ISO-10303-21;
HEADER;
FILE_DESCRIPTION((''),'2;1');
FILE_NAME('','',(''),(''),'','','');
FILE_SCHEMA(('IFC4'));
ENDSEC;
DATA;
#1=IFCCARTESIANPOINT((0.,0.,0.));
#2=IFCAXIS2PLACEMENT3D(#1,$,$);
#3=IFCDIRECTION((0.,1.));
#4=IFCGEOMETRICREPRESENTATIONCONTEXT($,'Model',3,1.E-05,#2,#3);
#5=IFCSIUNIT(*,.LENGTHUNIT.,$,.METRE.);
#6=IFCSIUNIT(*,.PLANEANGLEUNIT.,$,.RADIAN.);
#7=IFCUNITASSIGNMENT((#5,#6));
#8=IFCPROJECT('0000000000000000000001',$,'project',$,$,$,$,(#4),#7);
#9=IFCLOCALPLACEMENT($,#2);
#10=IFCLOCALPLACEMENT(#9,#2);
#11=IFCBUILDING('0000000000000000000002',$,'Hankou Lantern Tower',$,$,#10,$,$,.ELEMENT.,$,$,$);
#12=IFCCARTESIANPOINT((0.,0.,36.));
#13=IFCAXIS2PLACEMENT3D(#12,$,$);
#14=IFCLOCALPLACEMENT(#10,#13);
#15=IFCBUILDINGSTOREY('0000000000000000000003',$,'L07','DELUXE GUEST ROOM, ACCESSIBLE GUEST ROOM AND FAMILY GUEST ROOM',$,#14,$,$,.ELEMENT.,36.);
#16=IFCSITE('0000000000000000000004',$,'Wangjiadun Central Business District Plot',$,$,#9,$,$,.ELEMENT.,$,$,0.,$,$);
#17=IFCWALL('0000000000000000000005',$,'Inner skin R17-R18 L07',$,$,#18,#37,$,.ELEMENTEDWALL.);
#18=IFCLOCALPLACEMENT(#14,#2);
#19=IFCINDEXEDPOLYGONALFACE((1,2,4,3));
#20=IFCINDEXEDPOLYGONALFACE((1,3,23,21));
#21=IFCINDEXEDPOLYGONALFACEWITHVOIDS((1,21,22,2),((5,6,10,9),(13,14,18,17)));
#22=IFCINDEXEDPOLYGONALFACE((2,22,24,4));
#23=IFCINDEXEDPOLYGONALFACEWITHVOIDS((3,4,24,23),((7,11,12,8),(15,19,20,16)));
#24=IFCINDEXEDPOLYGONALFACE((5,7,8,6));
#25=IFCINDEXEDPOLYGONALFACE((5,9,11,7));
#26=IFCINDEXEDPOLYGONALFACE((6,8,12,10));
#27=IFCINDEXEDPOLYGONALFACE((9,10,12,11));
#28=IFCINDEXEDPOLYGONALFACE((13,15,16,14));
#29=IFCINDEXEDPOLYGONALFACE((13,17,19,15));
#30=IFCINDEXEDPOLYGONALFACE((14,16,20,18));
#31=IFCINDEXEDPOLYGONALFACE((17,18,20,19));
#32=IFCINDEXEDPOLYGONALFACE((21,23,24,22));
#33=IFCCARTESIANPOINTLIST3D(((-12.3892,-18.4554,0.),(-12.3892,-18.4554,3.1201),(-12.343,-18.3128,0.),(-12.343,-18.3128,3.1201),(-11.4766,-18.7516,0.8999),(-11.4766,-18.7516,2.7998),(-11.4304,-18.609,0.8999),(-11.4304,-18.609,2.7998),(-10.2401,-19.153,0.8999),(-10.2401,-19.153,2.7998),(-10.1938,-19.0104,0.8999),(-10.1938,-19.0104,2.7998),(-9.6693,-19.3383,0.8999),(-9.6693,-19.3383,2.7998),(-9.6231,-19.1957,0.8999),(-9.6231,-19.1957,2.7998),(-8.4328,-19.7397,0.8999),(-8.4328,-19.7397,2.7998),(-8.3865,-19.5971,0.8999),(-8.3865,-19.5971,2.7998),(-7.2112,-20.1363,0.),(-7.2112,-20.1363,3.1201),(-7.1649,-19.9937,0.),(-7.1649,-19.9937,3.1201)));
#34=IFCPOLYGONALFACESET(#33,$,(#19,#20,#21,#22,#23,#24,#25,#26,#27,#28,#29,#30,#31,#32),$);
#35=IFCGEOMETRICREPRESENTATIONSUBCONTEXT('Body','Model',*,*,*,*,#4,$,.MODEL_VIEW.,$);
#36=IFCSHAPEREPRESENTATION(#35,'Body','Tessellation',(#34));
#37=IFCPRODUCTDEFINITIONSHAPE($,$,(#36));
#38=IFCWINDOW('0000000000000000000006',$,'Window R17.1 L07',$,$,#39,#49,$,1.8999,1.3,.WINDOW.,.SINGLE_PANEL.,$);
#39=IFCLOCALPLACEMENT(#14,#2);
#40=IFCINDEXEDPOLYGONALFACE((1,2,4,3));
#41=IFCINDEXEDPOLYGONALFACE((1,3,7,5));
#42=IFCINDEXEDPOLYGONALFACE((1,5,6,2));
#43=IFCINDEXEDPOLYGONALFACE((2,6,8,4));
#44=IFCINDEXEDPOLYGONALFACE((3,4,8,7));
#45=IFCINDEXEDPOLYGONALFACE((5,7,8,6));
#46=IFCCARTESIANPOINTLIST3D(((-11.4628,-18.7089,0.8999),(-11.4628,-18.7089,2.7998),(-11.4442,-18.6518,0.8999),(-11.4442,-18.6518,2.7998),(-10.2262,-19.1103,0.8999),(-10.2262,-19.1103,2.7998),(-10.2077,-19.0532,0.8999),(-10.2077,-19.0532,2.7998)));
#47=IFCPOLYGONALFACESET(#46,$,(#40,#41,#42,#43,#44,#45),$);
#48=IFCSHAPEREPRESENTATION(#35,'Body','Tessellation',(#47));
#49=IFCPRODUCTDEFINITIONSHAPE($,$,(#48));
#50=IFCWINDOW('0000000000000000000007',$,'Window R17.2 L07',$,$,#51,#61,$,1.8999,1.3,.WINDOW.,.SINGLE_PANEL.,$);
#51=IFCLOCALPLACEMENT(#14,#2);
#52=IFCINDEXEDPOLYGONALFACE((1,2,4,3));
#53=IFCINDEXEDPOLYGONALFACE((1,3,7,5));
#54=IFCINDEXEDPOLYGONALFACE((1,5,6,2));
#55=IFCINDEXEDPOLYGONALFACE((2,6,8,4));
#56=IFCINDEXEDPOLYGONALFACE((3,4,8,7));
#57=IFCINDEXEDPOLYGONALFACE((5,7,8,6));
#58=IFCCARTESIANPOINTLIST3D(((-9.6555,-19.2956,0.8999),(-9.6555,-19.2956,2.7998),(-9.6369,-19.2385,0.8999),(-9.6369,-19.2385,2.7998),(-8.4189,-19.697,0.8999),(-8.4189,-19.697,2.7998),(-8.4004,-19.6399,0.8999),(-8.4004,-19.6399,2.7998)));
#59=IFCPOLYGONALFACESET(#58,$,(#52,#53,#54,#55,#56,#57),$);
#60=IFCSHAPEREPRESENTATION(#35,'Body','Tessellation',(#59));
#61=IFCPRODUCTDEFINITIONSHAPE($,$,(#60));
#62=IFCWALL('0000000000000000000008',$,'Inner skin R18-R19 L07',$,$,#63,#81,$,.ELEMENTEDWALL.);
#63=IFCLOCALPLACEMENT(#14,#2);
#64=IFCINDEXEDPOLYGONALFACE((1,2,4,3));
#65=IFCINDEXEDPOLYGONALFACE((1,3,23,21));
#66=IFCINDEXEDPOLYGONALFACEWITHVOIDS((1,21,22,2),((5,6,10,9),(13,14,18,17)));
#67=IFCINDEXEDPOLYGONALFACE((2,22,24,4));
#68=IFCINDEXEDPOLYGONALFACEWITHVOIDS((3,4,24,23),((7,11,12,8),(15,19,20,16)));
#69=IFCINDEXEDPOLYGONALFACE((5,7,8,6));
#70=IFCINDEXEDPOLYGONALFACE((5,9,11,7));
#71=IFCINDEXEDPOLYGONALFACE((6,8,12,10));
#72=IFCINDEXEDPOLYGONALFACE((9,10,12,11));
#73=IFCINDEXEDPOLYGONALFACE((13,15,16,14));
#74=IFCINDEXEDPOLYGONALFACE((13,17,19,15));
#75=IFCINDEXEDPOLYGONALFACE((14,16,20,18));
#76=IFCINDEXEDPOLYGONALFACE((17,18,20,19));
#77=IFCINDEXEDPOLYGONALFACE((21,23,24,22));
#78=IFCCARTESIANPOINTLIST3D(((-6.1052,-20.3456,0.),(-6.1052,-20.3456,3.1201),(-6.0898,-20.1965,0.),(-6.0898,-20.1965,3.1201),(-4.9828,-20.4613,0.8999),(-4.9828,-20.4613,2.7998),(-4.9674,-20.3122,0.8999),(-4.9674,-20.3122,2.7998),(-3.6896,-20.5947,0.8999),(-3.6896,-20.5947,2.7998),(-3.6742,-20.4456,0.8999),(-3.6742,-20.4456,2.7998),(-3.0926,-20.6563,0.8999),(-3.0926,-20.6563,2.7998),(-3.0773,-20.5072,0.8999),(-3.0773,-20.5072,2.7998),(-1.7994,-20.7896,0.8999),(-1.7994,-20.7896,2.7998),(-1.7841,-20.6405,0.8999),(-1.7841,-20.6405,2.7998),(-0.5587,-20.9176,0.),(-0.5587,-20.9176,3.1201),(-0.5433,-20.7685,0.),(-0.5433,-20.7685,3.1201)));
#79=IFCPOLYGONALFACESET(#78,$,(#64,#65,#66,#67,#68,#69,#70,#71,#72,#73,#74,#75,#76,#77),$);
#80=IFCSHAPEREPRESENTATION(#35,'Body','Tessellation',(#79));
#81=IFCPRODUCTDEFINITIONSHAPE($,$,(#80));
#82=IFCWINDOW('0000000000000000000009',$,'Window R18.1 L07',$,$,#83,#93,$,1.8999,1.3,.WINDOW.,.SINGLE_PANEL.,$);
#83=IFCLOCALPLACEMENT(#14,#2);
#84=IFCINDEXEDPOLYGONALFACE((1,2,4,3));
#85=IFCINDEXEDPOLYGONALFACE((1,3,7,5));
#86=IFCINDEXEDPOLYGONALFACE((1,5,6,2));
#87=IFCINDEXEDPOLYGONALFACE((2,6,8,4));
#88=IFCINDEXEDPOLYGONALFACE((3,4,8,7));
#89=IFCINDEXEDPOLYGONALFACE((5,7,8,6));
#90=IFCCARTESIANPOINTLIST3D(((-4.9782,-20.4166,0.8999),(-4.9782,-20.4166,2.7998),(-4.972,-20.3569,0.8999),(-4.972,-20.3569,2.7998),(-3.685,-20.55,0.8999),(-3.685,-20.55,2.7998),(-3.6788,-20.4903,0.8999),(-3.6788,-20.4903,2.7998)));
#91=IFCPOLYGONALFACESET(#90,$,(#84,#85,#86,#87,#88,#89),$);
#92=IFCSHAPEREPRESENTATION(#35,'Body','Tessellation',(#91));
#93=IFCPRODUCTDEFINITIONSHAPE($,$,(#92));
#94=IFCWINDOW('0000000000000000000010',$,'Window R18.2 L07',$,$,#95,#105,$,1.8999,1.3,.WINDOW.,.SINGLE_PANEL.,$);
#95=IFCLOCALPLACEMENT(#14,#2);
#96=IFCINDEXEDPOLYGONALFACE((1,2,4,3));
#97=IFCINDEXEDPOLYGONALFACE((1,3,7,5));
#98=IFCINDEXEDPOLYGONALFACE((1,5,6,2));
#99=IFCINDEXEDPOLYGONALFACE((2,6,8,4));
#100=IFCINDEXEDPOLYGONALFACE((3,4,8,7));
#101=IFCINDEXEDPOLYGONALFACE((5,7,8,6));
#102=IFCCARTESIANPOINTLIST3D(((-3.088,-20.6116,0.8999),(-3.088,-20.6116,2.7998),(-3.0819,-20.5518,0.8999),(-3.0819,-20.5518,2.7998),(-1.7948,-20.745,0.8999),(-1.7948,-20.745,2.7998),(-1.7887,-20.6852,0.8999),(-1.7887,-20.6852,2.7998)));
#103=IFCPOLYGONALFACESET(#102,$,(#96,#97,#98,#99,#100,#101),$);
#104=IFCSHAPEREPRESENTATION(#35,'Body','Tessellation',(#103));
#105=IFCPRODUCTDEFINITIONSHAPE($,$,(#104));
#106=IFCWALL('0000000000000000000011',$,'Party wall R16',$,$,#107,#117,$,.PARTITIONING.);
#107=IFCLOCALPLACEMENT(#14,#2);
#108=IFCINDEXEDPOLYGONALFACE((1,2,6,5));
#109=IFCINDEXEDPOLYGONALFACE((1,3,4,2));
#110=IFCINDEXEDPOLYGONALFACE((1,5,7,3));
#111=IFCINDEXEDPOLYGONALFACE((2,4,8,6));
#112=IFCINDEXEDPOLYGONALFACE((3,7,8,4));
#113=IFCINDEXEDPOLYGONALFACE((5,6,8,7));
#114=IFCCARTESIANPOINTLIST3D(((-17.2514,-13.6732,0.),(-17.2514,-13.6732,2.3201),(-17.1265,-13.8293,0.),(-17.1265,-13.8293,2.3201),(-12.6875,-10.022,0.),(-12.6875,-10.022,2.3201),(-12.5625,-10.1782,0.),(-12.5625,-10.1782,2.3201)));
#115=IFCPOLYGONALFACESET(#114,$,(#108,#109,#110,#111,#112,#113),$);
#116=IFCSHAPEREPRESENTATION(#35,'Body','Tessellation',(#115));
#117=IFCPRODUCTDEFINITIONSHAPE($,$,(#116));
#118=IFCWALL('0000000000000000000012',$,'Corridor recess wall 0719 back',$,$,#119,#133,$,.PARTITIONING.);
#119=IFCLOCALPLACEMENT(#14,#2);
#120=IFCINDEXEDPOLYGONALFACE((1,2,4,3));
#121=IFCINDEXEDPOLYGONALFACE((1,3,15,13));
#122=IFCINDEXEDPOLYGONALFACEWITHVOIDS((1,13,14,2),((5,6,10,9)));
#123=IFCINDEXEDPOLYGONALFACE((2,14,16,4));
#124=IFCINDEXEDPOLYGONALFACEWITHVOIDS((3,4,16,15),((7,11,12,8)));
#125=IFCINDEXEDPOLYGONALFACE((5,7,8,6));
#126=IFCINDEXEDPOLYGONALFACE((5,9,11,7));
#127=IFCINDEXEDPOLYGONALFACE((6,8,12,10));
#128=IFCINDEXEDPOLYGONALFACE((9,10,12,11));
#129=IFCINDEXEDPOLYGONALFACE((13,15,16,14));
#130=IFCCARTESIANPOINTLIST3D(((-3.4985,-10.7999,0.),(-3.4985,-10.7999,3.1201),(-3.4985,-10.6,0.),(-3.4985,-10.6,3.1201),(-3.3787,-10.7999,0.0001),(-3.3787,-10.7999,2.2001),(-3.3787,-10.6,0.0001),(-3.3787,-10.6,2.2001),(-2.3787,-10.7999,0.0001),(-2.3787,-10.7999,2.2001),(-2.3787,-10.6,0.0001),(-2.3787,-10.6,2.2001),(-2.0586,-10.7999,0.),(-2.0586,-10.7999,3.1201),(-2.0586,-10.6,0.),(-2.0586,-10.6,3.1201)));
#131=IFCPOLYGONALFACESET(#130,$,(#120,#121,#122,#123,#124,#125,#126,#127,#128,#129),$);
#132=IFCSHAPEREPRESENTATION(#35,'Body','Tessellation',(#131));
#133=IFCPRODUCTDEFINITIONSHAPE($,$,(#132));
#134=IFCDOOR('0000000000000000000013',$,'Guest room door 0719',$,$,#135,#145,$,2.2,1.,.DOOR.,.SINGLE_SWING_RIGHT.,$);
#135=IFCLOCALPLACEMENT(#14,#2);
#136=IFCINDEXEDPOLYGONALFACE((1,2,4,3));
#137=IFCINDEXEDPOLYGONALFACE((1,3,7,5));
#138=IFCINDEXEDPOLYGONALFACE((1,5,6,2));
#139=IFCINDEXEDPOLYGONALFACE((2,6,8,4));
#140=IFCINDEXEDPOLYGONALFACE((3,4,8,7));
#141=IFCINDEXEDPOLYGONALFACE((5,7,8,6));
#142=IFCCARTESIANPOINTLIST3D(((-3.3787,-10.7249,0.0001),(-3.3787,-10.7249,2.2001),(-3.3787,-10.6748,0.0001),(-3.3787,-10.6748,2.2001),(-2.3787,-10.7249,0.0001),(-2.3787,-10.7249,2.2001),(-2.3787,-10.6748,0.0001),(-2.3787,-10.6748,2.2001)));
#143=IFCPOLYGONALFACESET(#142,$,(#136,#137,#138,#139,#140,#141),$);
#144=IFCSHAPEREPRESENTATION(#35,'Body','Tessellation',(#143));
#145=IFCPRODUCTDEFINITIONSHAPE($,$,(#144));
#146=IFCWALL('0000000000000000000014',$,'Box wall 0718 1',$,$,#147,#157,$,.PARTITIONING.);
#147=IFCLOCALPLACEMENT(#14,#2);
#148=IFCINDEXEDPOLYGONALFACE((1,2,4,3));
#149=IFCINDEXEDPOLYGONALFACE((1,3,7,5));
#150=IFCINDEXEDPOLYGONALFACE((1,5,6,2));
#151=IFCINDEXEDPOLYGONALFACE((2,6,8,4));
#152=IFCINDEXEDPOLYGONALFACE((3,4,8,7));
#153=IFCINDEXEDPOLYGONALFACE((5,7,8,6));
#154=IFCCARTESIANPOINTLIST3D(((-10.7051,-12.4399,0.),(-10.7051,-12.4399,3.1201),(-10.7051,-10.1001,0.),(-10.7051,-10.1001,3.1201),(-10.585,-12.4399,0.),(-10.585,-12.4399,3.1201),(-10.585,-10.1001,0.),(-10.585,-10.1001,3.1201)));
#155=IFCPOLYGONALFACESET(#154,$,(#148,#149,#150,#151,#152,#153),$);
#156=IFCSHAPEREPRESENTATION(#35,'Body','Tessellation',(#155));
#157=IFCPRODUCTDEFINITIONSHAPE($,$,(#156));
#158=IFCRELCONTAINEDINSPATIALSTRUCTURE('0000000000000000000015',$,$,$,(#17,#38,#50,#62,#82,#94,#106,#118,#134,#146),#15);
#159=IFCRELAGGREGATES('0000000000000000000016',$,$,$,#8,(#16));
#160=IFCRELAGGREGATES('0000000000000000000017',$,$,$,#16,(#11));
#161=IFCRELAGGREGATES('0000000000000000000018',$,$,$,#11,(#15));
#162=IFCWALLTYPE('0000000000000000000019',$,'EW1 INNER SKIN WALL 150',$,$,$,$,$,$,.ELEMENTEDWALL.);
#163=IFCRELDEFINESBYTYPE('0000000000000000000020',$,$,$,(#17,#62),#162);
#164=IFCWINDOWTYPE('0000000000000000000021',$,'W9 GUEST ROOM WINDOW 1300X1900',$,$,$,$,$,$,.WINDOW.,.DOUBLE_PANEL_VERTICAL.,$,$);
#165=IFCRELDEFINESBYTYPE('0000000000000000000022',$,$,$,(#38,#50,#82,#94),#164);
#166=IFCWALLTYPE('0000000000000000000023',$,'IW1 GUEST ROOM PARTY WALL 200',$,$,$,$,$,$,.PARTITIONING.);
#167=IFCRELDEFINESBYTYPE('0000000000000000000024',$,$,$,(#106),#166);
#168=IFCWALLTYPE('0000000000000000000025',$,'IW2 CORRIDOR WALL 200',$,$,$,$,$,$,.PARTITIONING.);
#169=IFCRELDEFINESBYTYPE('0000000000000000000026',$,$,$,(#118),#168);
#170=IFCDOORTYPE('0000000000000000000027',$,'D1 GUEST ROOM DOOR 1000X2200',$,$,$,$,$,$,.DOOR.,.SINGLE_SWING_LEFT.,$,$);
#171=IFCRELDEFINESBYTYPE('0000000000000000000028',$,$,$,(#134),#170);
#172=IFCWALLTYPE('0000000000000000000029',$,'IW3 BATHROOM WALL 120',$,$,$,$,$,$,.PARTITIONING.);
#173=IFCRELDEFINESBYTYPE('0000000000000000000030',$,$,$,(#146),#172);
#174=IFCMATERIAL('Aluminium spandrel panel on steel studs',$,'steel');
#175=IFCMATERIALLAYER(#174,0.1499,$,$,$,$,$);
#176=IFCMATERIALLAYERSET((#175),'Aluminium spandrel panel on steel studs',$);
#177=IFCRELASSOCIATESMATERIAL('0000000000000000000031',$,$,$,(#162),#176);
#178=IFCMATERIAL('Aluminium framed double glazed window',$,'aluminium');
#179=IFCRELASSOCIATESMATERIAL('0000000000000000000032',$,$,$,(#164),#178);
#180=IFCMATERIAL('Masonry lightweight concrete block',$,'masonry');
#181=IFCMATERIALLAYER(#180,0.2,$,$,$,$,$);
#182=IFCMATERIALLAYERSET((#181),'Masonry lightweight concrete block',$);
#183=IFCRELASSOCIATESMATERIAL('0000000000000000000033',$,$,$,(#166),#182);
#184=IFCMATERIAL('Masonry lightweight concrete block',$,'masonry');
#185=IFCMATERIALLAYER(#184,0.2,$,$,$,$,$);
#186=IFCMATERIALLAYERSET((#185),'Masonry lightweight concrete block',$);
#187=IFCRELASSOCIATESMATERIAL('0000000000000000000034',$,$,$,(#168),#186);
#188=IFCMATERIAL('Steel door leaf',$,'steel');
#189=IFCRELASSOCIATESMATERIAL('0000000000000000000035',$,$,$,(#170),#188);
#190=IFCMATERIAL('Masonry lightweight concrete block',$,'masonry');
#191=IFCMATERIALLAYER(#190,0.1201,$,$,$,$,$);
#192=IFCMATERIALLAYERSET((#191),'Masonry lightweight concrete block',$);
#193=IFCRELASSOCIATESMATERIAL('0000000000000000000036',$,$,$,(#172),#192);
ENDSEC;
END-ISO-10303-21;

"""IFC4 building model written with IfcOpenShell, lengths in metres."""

from ifc_helpers import new_model, si_unit, direction, frame, frame_2d, origin, place, context, subcontext, project, spatial, rectangle, extrude, material, layer, layer_set, type_object, element, fill, save


model = new_model("IFC4")

# Units and contexts
model_context = context("Model", 3, precision=1e-05, world=origin(), true_north=direction((0.0, 1.0)))
body_context = subcontext(model_context, "Body", "Model", "MODEL_VIEW")
ifc_project = project(units=[si_unit("LENGTHUNIT", "METRE"), si_unit("PLANEANGLEUNIT", "RADIAN")], contexts=[model_context])

# Site, building, storey
site_placement = place(None, origin())
site = spatial("IfcSite", under=ifc_project, at=site_placement, Name="Wangjiadun Central Business District Plot", CompositionType="ELEMENT", RefElevation=0.0)
building_placement = place(site_placement, origin())
building = spatial("IfcBuilding", under=site, at=building_placement, Name="Hankou Lantern Tower", CompositionType="ELEMENT")
storey_placement = place(building_placement, frame((0.0, 0.0, 36.0)))
storey = spatial("IfcBuildingStorey", under=building, at=storey_placement, Name="L07", Description="DELUXE GUEST ROOM, ACCESSIBLE GUEST ROOM AND FAMILY GUEST ROOM", CompositionType="ELEMENT", Elevation=36.0)

# Walls, openings, windows
ifc_material_1 = material(Name="Aluminium spandrel panel on steel studs", Category="steel")
ifc_layer_1 = layer(ifc_material_1, 0.1499)
ifc_layer_set_1 = layer_set([ifc_layer_1], Name="Aluminium spandrel panel on steel studs")
wall_type_1 = type_object("IfcWallType", Name="EW1 INNER SKIN WALL 150", PredefinedType="ELEMENTEDWALL", material=ifc_layer_set_1)
wall_1_placement = place(storey_placement, frame((-12.3662, -18.384, 0.0), z_axis=(0.0, 0.0, 1.0), x_axis=(0.951138, -0.308765, 0.0)))
wall_1 = element("IfcWall", 1, at=wall_1_placement, inside=storey, type_object=wall_type_1, Name="Inner skin R17-R18 L07", PredefinedType="ELEMENTEDWALL", context=body_context, shape_type="SweptSolid", body=[
    extrude(rectangle(XDim=5.4441, YDim=0.1499, at=frame_2d((2.7222, 0.0))), origin(), (0.0, 0.0, 1.0), 3.1201),
])
opening_1_placement = place(wall_1_placement, frame((0.9597, 0.0, 0.8999)))
opening_1 = element("IfcOpeningElement", 2, at=opening_1_placement, cuts=wall_1, PredefinedType="OPENING", context=body_context, shape_type="SweptSolid", body=[
    extrude(rectangle(XDim=1.3, YDim=1.8999, at=frame_2d((0.6499, 0.95))), frame((0.0, 0.085, 0.0), z_axis=(0.0, -1.0, 0.0), x_axis=(1.0, 0.0, 0.0)), (0.0, 0.0, 1.0), 0.1699),
])
opening_2_placement = place(wall_1_placement, frame((2.8599, 0.0, 0.8999)))
opening_2 = element("IfcOpeningElement", 3, at=opening_2_placement, cuts=wall_1, PredefinedType="OPENING", context=body_context, shape_type="SweptSolid", body=[
    extrude(rectangle(XDim=1.3, YDim=1.8999, at=frame_2d((0.6499, 0.95))), frame((0.0, 0.085, 0.0), z_axis=(0.0, -1.0, 0.0), x_axis=(1.0, 0.0, 0.0)), (0.0, 0.0, 1.0), 0.1699),
])
ifc_material_2 = material(Name="Aluminium framed double glazed window", Category="aluminium")
window_type = type_object("IfcWindowType", Name="W9 GUEST ROOM WINDOW 1300X1900", PartitioningType="DOUBLE_PANEL_VERTICAL", PredefinedType="WINDOW", material=ifc_material_2)
window_1_placement = place(opening_1_placement, origin())
window_1 = element("IfcWindow", 4, at=window_1_placement, inside=storey, type_object=window_type, Name="Window R17.1 L07", OverallHeight=1.8999, OverallWidth=1.3, PartitioningType="SINGLE_PANEL", PredefinedType="WINDOW", context=body_context, shape_type="SweptSolid", body=[
    extrude(rectangle(XDim=1.3, YDim=1.8999, at=frame_2d((0.6499, 0.95))), frame((0.0, 0.03, 0.0), z_axis=(0.0, -1.0, 0.0), x_axis=(1.0, 0.0, 0.0)), (0.0, 0.0, 1.0), 0.0601),
])
fill(opening_1, window_1)
window_2_placement = place(opening_2_placement, origin())
window_2 = element("IfcWindow", 5, at=window_2_placement, inside=storey, type_object=window_type, Name="Window R17.2 L07", OverallHeight=1.8999, OverallWidth=1.3, PartitioningType="SINGLE_PANEL", PredefinedType="WINDOW", context=body_context, shape_type="SweptSolid", body=[
    extrude(rectangle(XDim=1.3, YDim=1.8999, at=frame_2d((0.6499, 0.95))), frame((0.0, 0.03, 0.0), z_axis=(0.0, -1.0, 0.0), x_axis=(1.0, 0.0, 0.0)), (0.0, 0.0, 1.0), 0.0601),
])
fill(opening_2, window_2)
wall_2_placement = place(storey_placement, frame((-6.0977, -20.271, 0.0), z_axis=(0.0, 0.0, 1.0), x_axis=(0.994724, -0.10259, 0.0)))
wall_2 = element("IfcWall", 6, at=wall_2_placement, inside=storey, type_object=wall_type_1, Name="Inner skin R18-R19 L07", PredefinedType="ELEMENTEDWALL", context=body_context, shape_type="SweptSolid", body=[
    extrude(rectangle(XDim=5.5759, YDim=0.1499, at=frame_2d((2.7881, 0.0))), origin(), (0.0, 0.0, 1.0), 3.1201),
])
opening_3_placement = place(wall_2_placement, frame((1.1287, 0.0, 0.8999)))
opening_3 = element("IfcOpeningElement", 7, at=opening_3_placement, cuts=wall_2, PredefinedType="OPENING", context=body_context, shape_type="SweptSolid", body=[
    extrude(rectangle(XDim=1.3, YDim=1.8999, at=frame_2d((0.6499, 0.95))), frame((0.0, 0.085, 0.0), z_axis=(0.0, -1.0, 0.0), x_axis=(1.0, 0.0, 0.0)), (0.0, 0.0, 1.0), 0.1699),
])
opening_4_placement = place(wall_2_placement, frame((3.0288, 0.0, 0.8999)))
opening_4 = element("IfcOpeningElement", 8, at=opening_4_placement, cuts=wall_2, PredefinedType="OPENING", context=body_context, shape_type="SweptSolid", body=[
    extrude(rectangle(XDim=1.3, YDim=1.8999, at=frame_2d((0.6499, 0.95))), frame((0.0, 0.085, 0.0), z_axis=(0.0, -1.0, 0.0), x_axis=(1.0, 0.0, 0.0)), (0.0, 0.0, 1.0), 0.1699),
])
window_3_placement = place(opening_3_placement, origin())
window_3 = element("IfcWindow", 9, at=window_3_placement, inside=storey, type_object=window_type, Name="Window R18.1 L07", OverallHeight=1.8999, OverallWidth=1.3, PartitioningType="SINGLE_PANEL", PredefinedType="WINDOW", context=body_context, shape_type="SweptSolid", body=[
    extrude(rectangle(XDim=1.3, YDim=1.8999, at=frame_2d((0.6499, 0.95))), frame((0.0, 0.03, 0.0), z_axis=(0.0, -1.0, 0.0), x_axis=(1.0, 0.0, 0.0)), (0.0, 0.0, 1.0), 0.0601),
])
fill(opening_3, window_3)
window_4_placement = place(opening_4_placement, origin())
window_4 = element("IfcWindow", 10, at=window_4_placement, inside=storey, type_object=window_type, Name="Window R18.2 L07", OverallHeight=1.8999, OverallWidth=1.3, PartitioningType="SINGLE_PANEL", PredefinedType="WINDOW", context=body_context, shape_type="SweptSolid", body=[
    extrude(rectangle(XDim=1.3, YDim=1.8999, at=frame_2d((0.6499, 0.95))), frame((0.0, 0.03, 0.0), z_axis=(0.0, -1.0, 0.0), x_axis=(1.0, 0.0, 0.0)), (0.0, 0.0, 1.0), 0.0601),
])
fill(opening_4, window_4)

# Wall
ifc_material_3 = material(Name="Masonry lightweight concrete block", Category="masonry")
ifc_layer_2 = layer(ifc_material_3, 0.2)
ifc_layer_set_2 = layer_set([ifc_layer_2], Name="Masonry lightweight concrete block")
wall_type_2 = type_object("IfcWallType", Name="IW1 GUEST ROOM PARTY WALL 200", PredefinedType="PARTITIONING", material=ifc_layer_set_2)
wall_3_placement = place(storey_placement, frame((-12.625, -10.1001, 0.0), z_axis=(0.0, 0.0, 1.0), x_axis=(-0.780873, -0.62469, 0.0)))
element("IfcWall", 11, at=wall_3_placement, inside=storey, type_object=wall_type_2, Name="Party wall R16", PredefinedType="PARTITIONING", context=body_context, shape_type="SweptSolid", body=[
    extrude(rectangle(XDim=5.8447, YDim=0.2, at=frame_2d((2.9224, 0.0))), origin(), (0.0, 0.0, 1.0), 2.3201),
])

# Wall, opening, door
ifc_material_4 = material(Name="Masonry lightweight concrete block", Category="masonry")
ifc_layer_3 = layer(ifc_material_4, 0.2)
ifc_layer_set_3 = layer_set([ifc_layer_3], Name="Masonry lightweight concrete block")
wall_type_3 = type_object("IfcWallType", Name="IW2 CORRIDOR WALL 200", PredefinedType="PARTITIONING", material=ifc_layer_set_3)
wall_4_placement = place(storey_placement, frame((-2.0586, -10.7, 0.0), z_axis=(0.0, 0.0, 1.0), x_axis=(-1.0, 0.0, 0.0)))
wall_4 = element("IfcWall", 12, at=wall_4_placement, inside=storey, type_object=wall_type_3, Name="Corridor recess wall 0719 back", PredefinedType="PARTITIONING", context=body_context, shape_type="SweptSolid", body=[
    extrude(rectangle(XDim=1.4399, YDim=0.2, at=frame_2d((0.72, 0.0))), origin(), (0.0, 0.0, 1.0), 3.1201),
])
opening_5_placement = place(wall_4_placement, frame((0.3201, 0.0, 0.0)))
opening_5 = element("IfcOpeningElement", 13, at=opening_5_placement, cuts=wall_4, PredefinedType="OPENING", context=body_context, shape_type="SweptSolid", body=[
    extrude(rectangle(XDim=1.0, YDim=2.2, at=frame_2d((0.5, 1.1001))), frame((0.0, 0.1099, 0.0), z_axis=(0.0, -1.0, 0.0), x_axis=(1.0, 0.0, 0.0)), (0.0, 0.0, 1.0), 0.22),
])
ifc_material_5 = material(Name="Steel door leaf", Category="steel")
door_type = type_object("IfcDoorType", Name="D1 GUEST ROOM DOOR 1000X2200", OperationType="SINGLE_SWING_LEFT", PredefinedType="DOOR", material=ifc_material_5)
door_placement = place(opening_5_placement, origin())
door = element("IfcDoor", 14, at=door_placement, inside=storey, type_object=door_type, Name="Guest room door 0719", OperationType="SINGLE_SWING_RIGHT", OverallHeight=2.2, OverallWidth=1.0, PredefinedType="DOOR", context=body_context, shape_type="SweptSolid", body=[
    extrude(rectangle(XDim=1.0, YDim=2.2, at=frame_2d((0.5, 1.1001))), frame((0.0, 0.0249, 0.0), z_axis=(0.0, -1.0, 0.0), x_axis=(1.0, 0.0, 0.0)), (0.0, 0.0, 1.0), 0.05),
])
fill(opening_5, door)

# Wall
ifc_material_6 = material(Name="Masonry lightweight concrete block", Category="masonry")
ifc_layer_4 = layer(ifc_material_6, 0.1201)
ifc_layer_set_4 = layer_set([ifc_layer_4], Name="Masonry lightweight concrete block")
wall_type_4 = type_object("IfcWallType", Name="IW3 BATHROOM WALL 120", PredefinedType="PARTITIONING", material=ifc_layer_set_4)
wall_5_placement = place(storey_placement, frame((-10.645, -10.1001, 0.0), z_axis=(0.0, 0.0, 1.0), x_axis=(0.0, -1.0, 0.0)))
element("IfcWall", 15, at=wall_5_placement, inside=storey, type_object=wall_type_4, Name="Box wall 0718 1", PredefinedType="PARTITIONING", context=body_context, shape_type="SweptSolid", body=[
    extrude(rectangle(XDim=2.3398, YDim=0.1201, at=frame_2d((1.1699, 0.0))), origin(), (0.0, 0.0, 1.0), 3.1201),
])

save(model, "model.ifc")
